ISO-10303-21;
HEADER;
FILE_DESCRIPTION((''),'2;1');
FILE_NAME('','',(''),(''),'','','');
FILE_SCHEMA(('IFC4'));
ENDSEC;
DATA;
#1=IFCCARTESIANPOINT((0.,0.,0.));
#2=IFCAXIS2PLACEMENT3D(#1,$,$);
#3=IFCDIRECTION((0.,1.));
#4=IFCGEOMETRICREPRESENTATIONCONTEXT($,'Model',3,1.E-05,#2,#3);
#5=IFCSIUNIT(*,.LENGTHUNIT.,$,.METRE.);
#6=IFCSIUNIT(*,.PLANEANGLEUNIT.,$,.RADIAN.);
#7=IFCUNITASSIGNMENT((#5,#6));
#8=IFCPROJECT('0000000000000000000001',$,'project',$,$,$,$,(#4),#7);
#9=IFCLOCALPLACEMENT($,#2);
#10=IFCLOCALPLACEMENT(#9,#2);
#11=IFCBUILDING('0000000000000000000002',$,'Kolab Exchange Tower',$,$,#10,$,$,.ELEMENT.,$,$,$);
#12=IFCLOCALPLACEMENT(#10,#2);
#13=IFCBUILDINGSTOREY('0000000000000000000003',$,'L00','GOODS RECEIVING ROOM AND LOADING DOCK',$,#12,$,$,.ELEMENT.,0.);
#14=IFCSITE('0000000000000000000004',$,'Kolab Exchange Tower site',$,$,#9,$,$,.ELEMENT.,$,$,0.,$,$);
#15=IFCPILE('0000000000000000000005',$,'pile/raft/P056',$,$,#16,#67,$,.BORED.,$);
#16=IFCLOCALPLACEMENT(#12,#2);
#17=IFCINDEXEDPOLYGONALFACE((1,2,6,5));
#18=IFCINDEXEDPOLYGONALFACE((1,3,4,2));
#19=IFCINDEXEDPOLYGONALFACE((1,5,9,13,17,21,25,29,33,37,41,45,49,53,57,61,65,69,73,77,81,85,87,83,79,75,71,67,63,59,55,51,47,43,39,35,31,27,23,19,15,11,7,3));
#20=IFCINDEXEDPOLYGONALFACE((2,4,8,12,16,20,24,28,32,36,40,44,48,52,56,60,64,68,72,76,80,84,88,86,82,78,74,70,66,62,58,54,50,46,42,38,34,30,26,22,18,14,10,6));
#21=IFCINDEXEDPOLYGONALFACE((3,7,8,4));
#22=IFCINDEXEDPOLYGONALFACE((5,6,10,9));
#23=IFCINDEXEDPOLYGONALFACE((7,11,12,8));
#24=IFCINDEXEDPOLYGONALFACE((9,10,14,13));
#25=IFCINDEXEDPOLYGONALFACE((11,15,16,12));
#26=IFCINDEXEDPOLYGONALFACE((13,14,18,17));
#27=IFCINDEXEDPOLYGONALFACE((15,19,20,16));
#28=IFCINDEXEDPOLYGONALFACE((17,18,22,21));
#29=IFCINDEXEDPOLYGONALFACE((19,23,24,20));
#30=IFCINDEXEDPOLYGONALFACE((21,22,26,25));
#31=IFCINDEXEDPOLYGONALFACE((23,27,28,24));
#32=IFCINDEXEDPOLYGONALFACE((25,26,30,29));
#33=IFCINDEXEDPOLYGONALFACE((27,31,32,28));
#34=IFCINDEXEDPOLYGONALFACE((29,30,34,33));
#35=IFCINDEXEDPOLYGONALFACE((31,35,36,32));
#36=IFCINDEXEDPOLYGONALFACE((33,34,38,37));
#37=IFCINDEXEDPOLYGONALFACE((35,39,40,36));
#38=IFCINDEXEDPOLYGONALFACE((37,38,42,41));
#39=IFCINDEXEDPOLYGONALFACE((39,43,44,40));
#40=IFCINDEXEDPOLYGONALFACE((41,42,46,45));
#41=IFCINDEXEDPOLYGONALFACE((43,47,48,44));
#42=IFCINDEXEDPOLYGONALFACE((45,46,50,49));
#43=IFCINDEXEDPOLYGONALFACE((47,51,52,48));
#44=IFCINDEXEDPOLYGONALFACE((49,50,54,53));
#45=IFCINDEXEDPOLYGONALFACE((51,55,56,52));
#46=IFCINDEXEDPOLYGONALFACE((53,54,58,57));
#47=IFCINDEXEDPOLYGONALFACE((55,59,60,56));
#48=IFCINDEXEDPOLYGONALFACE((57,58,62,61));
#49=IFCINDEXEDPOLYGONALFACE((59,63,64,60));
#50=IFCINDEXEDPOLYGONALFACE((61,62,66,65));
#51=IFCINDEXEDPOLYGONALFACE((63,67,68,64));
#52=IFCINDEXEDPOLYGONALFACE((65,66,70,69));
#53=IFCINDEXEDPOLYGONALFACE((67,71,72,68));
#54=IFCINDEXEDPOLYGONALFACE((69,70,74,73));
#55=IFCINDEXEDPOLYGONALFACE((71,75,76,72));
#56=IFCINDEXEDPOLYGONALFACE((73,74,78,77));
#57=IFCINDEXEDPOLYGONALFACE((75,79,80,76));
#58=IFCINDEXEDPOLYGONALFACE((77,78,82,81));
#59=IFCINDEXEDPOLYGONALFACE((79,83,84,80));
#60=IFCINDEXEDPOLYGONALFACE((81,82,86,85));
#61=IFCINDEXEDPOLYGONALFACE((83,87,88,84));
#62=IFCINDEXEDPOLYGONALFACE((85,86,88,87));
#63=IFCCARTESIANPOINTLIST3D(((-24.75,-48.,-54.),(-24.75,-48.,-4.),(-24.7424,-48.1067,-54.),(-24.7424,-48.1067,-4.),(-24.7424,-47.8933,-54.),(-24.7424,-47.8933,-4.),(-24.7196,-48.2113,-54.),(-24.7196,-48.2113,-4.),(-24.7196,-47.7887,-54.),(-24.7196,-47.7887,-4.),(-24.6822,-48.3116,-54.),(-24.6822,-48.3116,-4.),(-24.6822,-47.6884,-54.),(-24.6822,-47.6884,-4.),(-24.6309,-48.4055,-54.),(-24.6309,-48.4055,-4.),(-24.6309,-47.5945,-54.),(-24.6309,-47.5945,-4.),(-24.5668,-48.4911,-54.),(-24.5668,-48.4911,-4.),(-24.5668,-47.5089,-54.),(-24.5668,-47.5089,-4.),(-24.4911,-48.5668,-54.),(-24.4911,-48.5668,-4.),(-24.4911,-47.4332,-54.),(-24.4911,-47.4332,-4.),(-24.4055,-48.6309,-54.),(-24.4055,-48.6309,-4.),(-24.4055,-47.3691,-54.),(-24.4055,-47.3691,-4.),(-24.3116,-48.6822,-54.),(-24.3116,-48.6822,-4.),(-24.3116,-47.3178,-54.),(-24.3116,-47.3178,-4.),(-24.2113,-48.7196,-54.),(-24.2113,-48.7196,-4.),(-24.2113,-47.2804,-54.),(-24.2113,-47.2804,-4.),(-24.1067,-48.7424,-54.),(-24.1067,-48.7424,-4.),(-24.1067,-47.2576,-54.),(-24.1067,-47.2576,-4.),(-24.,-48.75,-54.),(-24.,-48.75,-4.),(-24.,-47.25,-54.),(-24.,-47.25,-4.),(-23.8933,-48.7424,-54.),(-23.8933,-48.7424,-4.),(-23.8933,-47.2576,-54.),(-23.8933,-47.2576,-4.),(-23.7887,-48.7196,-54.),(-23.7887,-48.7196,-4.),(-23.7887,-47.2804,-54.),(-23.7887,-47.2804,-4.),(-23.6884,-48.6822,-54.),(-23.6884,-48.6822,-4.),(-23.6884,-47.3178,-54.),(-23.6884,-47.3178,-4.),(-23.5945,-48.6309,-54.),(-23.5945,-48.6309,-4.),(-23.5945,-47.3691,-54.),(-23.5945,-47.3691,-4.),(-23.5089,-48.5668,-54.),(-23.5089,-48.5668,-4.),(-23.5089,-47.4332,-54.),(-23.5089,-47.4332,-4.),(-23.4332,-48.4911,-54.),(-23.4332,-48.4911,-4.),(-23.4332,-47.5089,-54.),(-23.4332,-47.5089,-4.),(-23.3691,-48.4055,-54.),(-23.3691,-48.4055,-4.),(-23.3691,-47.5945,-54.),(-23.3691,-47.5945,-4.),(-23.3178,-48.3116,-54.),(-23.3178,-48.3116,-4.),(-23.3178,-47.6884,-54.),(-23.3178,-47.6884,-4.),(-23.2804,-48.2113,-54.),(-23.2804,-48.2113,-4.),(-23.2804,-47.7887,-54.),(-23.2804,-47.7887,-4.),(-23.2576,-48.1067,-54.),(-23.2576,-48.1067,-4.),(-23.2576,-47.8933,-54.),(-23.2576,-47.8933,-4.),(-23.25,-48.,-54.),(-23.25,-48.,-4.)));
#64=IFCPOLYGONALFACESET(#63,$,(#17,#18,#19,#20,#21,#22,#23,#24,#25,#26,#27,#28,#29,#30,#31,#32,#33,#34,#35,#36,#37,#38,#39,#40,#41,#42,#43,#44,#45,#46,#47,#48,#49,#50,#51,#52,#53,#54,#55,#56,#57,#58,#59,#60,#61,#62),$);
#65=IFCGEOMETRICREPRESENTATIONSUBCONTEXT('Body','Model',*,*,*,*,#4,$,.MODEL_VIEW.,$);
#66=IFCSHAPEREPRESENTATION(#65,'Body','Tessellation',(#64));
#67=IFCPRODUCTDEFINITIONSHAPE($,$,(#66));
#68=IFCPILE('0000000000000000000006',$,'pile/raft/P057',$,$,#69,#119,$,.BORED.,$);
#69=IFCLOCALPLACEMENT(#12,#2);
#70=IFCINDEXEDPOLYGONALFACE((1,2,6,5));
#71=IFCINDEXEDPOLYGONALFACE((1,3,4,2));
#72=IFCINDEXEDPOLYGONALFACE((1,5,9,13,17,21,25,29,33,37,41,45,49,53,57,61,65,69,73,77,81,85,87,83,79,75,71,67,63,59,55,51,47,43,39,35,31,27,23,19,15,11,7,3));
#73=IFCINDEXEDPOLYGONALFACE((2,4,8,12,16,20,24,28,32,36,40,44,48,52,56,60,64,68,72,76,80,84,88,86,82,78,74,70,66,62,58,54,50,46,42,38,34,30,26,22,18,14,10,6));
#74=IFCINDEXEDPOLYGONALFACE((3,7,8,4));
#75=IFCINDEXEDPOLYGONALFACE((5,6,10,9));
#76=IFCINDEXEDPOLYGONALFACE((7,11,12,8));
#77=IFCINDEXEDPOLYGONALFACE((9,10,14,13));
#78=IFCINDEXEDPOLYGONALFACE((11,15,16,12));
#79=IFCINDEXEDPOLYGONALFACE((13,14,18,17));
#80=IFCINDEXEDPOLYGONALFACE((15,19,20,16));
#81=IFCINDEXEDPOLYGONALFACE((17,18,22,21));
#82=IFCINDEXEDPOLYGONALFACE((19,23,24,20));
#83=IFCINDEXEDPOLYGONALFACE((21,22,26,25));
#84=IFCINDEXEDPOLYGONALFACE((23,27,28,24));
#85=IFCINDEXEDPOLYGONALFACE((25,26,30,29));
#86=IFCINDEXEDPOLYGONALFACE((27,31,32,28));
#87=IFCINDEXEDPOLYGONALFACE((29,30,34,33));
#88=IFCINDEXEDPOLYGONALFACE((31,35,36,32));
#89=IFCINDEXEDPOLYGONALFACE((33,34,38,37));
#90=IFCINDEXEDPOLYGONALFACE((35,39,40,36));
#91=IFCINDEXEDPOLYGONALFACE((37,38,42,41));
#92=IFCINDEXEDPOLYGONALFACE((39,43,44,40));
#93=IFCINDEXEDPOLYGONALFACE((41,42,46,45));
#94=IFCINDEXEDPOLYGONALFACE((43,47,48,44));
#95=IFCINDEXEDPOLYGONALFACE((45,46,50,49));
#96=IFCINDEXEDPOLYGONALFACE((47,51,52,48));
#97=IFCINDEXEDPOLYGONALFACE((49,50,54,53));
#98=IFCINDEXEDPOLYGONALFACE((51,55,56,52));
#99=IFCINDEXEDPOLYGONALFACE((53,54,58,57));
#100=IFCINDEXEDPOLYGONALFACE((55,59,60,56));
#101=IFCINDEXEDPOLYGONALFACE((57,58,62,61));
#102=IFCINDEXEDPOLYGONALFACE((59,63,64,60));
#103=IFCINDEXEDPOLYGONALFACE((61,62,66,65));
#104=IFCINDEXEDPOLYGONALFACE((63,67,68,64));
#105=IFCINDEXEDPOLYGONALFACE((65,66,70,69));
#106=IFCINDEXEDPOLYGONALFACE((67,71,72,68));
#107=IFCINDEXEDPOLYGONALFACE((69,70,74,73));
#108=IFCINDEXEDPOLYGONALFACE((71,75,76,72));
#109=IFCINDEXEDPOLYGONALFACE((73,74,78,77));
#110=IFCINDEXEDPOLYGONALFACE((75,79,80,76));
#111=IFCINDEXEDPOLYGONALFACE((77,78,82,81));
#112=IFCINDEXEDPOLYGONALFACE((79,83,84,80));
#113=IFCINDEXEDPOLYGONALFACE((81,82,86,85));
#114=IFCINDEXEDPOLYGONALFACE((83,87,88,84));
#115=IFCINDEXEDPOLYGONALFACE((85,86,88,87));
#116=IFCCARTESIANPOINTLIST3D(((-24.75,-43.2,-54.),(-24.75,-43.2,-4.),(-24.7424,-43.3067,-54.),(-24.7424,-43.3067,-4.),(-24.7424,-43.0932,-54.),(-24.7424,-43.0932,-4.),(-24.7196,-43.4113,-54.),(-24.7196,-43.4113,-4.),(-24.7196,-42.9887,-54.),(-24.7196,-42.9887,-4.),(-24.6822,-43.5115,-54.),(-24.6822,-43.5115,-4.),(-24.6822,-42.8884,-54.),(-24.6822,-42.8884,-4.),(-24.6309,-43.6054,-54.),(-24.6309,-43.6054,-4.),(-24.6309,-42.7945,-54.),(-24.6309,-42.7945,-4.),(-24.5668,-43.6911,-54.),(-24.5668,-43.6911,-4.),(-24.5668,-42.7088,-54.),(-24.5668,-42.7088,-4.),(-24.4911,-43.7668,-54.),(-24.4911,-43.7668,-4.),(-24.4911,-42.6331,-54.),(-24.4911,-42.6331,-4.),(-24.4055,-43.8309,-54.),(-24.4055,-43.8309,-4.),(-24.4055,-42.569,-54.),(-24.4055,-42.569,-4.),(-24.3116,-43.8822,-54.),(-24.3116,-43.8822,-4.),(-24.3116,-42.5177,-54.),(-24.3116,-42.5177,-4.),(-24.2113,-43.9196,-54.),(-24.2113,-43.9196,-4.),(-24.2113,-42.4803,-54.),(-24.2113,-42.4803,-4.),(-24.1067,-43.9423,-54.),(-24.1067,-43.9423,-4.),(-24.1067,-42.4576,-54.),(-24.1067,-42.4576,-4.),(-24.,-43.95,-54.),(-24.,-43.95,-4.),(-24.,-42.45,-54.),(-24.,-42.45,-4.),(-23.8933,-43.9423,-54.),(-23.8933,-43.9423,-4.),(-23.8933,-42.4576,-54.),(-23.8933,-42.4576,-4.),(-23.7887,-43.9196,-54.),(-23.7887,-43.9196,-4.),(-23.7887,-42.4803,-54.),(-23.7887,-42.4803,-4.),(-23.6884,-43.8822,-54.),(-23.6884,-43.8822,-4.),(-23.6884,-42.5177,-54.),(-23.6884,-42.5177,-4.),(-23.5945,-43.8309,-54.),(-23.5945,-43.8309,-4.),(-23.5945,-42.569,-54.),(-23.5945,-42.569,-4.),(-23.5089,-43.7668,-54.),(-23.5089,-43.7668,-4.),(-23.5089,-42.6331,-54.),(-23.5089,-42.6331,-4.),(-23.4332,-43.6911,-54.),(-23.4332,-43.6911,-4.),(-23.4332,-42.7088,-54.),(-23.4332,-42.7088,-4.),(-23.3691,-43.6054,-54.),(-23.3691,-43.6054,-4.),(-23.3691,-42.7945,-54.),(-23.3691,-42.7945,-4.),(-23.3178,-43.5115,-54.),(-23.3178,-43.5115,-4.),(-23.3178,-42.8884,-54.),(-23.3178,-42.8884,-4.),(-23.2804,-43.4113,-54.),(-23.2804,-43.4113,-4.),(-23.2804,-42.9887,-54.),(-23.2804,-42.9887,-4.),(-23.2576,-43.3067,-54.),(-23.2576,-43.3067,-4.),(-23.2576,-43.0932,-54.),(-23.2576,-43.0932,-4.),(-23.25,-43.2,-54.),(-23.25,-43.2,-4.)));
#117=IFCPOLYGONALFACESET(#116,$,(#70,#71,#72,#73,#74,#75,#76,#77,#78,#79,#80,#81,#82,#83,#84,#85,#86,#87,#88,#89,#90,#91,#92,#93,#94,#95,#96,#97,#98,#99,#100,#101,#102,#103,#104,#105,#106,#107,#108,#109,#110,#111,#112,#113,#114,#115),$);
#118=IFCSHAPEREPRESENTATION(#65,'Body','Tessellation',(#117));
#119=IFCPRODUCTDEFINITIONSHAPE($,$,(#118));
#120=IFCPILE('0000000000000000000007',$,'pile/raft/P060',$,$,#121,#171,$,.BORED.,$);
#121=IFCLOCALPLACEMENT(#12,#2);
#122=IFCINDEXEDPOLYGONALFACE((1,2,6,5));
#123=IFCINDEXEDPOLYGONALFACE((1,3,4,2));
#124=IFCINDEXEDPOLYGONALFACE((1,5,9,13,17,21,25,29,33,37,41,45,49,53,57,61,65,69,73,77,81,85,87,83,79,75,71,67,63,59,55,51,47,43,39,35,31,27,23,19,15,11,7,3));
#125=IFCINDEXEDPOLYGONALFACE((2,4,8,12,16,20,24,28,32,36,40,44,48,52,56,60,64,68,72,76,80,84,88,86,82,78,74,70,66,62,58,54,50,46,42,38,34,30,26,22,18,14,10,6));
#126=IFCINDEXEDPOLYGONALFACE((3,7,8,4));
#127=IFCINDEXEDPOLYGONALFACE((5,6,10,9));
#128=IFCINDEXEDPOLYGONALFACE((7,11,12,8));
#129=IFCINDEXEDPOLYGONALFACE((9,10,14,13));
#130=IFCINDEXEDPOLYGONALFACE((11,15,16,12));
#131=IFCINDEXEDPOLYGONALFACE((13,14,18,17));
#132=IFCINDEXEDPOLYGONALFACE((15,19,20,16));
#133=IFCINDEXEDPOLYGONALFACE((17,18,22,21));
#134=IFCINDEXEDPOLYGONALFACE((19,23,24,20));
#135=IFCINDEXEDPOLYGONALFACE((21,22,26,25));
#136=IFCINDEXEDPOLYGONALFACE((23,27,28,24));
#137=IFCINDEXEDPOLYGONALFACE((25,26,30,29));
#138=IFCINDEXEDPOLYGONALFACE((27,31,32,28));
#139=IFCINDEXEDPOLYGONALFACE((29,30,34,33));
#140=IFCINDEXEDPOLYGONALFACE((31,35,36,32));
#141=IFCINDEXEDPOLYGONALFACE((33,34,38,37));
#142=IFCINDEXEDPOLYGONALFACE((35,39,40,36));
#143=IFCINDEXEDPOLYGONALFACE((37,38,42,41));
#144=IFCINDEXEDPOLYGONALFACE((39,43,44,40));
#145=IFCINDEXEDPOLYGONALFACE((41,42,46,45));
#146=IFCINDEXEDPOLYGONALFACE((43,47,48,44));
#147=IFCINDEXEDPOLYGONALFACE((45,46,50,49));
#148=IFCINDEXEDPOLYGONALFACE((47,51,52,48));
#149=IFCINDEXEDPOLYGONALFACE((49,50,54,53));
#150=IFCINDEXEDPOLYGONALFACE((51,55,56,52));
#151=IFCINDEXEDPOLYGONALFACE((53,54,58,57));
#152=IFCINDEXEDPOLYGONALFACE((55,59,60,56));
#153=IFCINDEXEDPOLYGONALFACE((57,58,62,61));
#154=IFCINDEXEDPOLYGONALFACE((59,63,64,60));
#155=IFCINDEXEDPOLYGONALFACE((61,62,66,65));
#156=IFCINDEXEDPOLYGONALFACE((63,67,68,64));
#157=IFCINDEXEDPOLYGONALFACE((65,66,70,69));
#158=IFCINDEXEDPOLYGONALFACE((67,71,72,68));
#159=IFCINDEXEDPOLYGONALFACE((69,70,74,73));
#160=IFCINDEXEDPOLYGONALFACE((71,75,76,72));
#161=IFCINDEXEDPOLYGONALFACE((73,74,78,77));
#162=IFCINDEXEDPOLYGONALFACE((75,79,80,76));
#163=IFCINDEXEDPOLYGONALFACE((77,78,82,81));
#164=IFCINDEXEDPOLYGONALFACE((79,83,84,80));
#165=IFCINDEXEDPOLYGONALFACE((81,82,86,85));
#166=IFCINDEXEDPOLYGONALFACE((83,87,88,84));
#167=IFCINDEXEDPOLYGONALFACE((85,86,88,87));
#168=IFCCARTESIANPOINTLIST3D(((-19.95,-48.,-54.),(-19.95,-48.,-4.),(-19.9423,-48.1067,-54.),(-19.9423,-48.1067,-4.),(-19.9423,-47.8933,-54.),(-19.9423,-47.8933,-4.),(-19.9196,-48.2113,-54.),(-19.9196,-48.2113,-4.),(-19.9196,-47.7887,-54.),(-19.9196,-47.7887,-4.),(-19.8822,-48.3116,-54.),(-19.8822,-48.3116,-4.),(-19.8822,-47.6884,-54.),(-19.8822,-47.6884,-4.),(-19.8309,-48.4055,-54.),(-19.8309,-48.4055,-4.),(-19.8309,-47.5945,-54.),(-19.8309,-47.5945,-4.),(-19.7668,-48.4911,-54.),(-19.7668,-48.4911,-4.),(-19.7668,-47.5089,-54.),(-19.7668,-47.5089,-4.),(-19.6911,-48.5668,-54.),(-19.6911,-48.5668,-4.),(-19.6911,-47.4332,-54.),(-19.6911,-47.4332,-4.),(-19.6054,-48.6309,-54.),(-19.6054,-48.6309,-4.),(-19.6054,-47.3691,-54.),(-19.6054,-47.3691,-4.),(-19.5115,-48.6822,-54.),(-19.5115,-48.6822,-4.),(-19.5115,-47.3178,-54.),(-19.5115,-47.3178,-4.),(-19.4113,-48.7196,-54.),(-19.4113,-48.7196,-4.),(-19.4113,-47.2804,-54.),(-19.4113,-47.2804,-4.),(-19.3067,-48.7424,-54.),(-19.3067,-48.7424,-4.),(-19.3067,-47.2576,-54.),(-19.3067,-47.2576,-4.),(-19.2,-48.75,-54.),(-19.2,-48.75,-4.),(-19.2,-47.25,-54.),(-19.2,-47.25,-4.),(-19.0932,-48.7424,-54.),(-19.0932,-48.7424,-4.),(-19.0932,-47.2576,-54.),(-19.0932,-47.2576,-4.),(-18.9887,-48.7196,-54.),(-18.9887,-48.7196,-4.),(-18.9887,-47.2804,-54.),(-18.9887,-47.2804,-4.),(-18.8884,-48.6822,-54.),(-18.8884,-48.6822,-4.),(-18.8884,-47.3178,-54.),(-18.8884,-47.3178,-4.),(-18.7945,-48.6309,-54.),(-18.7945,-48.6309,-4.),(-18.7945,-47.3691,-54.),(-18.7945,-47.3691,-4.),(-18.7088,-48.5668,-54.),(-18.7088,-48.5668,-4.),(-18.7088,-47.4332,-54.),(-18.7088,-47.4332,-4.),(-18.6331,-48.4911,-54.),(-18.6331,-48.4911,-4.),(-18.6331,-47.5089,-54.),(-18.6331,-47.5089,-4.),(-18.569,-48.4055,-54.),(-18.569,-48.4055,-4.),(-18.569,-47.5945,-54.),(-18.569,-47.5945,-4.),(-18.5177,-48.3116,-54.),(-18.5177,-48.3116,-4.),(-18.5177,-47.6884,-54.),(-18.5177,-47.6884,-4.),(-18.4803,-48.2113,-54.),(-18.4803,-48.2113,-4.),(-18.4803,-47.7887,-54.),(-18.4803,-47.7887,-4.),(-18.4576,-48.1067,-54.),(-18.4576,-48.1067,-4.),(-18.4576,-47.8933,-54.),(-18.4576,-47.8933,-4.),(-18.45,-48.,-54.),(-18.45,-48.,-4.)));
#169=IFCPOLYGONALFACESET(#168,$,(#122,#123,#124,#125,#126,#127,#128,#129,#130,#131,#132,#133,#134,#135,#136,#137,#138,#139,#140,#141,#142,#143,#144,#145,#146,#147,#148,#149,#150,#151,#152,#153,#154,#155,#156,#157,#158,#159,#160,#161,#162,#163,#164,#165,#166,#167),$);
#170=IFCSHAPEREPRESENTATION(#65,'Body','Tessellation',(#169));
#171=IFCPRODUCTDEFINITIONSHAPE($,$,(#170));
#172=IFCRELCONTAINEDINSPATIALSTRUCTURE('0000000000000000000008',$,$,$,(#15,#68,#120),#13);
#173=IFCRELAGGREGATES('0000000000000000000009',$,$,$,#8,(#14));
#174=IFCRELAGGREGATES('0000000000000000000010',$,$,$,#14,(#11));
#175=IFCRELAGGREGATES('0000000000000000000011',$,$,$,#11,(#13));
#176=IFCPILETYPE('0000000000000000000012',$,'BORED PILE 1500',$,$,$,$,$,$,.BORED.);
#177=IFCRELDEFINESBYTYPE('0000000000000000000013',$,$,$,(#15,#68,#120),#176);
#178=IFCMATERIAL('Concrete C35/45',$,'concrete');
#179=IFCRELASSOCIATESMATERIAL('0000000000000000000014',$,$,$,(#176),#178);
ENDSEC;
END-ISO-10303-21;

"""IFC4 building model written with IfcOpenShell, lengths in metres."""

from ifc_helpers import new_model, si_unit, direction, frame, origin, origin_2d, place, context, subcontext, project, spatial, circle, extrude, material, material_profile, profile_set, type_object, element, save


model = new_model("IFC4")

# Units and contexts
model_context = context("Model", 3, precision=1e-05, world=origin(), true_north=direction((0.0, 1.0)))
body_context = subcontext(model_context, "Body", "Model", "MODEL_VIEW")
ifc_project = project(units=[si_unit("LENGTHUNIT", "METRE"), si_unit("PLANEANGLEUNIT", "RADIAN")], contexts=[model_context])

# Site, building, storey
site_placement = place(None, origin())
site = spatial("IfcSite", under=ifc_project, at=site_placement, Name="Kolab Exchange Tower site", CompositionType="ELEMENT", RefElevation=0.0)
building_placement = place(site_placement, origin())
building = spatial("IfcBuilding", under=site, at=building_placement, Name="Kolab Exchange Tower", CompositionType="ELEMENT")
storey_placement = place(building_placement, origin())
storey = spatial("IfcBuildingStorey", under=building, at=storey_placement, Name="L00", Description="GOODS RECEIVING ROOM AND LOADING DOCK", CompositionType="ELEMENT", Elevation=0.0)

# Piles
ifc_material_1 = material(Name="Concrete C35/45", Category="concrete")
ifc_material_profile_1 = material_profile(ifc_material_1, circle(Radius=0.75, at=origin_2d()), Name="BP1500")
ifc_profile_set_1 = profile_set([ifc_material_profile_1], Name="Concrete C35/45")
pile_type_1 = type_object("IfcPileType", Name="BORED PILE 1500", PredefinedType="BORED", material=ifc_profile_set_1)
for number, where, z_axis, x_axis, name in (
    (1, (-24.0, -48.0, -4.0), (0.0, 0.0, -1.0), (1.0, 0.0, 0.0), "pile/raft/P056"),
    (2, (-24.0, -43.2, -4.0), (0.0, 0.0, -1.0), (1.0, 0.0, 0.0), "pile/raft/P057"),
    (3, (-19.2, -48.0, -4.0), (0.0, 0.0, -1.0), (1.0, 0.0, 0.0), "pile/raft/P060"),
):
    element("IfcPile", number, at=place(storey_placement, frame(where, z_axis=z_axis, x_axis=x_axis)), inside=storey, type_object=pile_type_1, Name=name, PredefinedType="BORED", context=body_context, shape_type="SweptSolid", body=[
        extrude(circle(Radius=0.75, at=origin_2d()), origin(), (0.0, 0.0, 1.0), 50.0),
    ])

save(model, "model.ifc")
